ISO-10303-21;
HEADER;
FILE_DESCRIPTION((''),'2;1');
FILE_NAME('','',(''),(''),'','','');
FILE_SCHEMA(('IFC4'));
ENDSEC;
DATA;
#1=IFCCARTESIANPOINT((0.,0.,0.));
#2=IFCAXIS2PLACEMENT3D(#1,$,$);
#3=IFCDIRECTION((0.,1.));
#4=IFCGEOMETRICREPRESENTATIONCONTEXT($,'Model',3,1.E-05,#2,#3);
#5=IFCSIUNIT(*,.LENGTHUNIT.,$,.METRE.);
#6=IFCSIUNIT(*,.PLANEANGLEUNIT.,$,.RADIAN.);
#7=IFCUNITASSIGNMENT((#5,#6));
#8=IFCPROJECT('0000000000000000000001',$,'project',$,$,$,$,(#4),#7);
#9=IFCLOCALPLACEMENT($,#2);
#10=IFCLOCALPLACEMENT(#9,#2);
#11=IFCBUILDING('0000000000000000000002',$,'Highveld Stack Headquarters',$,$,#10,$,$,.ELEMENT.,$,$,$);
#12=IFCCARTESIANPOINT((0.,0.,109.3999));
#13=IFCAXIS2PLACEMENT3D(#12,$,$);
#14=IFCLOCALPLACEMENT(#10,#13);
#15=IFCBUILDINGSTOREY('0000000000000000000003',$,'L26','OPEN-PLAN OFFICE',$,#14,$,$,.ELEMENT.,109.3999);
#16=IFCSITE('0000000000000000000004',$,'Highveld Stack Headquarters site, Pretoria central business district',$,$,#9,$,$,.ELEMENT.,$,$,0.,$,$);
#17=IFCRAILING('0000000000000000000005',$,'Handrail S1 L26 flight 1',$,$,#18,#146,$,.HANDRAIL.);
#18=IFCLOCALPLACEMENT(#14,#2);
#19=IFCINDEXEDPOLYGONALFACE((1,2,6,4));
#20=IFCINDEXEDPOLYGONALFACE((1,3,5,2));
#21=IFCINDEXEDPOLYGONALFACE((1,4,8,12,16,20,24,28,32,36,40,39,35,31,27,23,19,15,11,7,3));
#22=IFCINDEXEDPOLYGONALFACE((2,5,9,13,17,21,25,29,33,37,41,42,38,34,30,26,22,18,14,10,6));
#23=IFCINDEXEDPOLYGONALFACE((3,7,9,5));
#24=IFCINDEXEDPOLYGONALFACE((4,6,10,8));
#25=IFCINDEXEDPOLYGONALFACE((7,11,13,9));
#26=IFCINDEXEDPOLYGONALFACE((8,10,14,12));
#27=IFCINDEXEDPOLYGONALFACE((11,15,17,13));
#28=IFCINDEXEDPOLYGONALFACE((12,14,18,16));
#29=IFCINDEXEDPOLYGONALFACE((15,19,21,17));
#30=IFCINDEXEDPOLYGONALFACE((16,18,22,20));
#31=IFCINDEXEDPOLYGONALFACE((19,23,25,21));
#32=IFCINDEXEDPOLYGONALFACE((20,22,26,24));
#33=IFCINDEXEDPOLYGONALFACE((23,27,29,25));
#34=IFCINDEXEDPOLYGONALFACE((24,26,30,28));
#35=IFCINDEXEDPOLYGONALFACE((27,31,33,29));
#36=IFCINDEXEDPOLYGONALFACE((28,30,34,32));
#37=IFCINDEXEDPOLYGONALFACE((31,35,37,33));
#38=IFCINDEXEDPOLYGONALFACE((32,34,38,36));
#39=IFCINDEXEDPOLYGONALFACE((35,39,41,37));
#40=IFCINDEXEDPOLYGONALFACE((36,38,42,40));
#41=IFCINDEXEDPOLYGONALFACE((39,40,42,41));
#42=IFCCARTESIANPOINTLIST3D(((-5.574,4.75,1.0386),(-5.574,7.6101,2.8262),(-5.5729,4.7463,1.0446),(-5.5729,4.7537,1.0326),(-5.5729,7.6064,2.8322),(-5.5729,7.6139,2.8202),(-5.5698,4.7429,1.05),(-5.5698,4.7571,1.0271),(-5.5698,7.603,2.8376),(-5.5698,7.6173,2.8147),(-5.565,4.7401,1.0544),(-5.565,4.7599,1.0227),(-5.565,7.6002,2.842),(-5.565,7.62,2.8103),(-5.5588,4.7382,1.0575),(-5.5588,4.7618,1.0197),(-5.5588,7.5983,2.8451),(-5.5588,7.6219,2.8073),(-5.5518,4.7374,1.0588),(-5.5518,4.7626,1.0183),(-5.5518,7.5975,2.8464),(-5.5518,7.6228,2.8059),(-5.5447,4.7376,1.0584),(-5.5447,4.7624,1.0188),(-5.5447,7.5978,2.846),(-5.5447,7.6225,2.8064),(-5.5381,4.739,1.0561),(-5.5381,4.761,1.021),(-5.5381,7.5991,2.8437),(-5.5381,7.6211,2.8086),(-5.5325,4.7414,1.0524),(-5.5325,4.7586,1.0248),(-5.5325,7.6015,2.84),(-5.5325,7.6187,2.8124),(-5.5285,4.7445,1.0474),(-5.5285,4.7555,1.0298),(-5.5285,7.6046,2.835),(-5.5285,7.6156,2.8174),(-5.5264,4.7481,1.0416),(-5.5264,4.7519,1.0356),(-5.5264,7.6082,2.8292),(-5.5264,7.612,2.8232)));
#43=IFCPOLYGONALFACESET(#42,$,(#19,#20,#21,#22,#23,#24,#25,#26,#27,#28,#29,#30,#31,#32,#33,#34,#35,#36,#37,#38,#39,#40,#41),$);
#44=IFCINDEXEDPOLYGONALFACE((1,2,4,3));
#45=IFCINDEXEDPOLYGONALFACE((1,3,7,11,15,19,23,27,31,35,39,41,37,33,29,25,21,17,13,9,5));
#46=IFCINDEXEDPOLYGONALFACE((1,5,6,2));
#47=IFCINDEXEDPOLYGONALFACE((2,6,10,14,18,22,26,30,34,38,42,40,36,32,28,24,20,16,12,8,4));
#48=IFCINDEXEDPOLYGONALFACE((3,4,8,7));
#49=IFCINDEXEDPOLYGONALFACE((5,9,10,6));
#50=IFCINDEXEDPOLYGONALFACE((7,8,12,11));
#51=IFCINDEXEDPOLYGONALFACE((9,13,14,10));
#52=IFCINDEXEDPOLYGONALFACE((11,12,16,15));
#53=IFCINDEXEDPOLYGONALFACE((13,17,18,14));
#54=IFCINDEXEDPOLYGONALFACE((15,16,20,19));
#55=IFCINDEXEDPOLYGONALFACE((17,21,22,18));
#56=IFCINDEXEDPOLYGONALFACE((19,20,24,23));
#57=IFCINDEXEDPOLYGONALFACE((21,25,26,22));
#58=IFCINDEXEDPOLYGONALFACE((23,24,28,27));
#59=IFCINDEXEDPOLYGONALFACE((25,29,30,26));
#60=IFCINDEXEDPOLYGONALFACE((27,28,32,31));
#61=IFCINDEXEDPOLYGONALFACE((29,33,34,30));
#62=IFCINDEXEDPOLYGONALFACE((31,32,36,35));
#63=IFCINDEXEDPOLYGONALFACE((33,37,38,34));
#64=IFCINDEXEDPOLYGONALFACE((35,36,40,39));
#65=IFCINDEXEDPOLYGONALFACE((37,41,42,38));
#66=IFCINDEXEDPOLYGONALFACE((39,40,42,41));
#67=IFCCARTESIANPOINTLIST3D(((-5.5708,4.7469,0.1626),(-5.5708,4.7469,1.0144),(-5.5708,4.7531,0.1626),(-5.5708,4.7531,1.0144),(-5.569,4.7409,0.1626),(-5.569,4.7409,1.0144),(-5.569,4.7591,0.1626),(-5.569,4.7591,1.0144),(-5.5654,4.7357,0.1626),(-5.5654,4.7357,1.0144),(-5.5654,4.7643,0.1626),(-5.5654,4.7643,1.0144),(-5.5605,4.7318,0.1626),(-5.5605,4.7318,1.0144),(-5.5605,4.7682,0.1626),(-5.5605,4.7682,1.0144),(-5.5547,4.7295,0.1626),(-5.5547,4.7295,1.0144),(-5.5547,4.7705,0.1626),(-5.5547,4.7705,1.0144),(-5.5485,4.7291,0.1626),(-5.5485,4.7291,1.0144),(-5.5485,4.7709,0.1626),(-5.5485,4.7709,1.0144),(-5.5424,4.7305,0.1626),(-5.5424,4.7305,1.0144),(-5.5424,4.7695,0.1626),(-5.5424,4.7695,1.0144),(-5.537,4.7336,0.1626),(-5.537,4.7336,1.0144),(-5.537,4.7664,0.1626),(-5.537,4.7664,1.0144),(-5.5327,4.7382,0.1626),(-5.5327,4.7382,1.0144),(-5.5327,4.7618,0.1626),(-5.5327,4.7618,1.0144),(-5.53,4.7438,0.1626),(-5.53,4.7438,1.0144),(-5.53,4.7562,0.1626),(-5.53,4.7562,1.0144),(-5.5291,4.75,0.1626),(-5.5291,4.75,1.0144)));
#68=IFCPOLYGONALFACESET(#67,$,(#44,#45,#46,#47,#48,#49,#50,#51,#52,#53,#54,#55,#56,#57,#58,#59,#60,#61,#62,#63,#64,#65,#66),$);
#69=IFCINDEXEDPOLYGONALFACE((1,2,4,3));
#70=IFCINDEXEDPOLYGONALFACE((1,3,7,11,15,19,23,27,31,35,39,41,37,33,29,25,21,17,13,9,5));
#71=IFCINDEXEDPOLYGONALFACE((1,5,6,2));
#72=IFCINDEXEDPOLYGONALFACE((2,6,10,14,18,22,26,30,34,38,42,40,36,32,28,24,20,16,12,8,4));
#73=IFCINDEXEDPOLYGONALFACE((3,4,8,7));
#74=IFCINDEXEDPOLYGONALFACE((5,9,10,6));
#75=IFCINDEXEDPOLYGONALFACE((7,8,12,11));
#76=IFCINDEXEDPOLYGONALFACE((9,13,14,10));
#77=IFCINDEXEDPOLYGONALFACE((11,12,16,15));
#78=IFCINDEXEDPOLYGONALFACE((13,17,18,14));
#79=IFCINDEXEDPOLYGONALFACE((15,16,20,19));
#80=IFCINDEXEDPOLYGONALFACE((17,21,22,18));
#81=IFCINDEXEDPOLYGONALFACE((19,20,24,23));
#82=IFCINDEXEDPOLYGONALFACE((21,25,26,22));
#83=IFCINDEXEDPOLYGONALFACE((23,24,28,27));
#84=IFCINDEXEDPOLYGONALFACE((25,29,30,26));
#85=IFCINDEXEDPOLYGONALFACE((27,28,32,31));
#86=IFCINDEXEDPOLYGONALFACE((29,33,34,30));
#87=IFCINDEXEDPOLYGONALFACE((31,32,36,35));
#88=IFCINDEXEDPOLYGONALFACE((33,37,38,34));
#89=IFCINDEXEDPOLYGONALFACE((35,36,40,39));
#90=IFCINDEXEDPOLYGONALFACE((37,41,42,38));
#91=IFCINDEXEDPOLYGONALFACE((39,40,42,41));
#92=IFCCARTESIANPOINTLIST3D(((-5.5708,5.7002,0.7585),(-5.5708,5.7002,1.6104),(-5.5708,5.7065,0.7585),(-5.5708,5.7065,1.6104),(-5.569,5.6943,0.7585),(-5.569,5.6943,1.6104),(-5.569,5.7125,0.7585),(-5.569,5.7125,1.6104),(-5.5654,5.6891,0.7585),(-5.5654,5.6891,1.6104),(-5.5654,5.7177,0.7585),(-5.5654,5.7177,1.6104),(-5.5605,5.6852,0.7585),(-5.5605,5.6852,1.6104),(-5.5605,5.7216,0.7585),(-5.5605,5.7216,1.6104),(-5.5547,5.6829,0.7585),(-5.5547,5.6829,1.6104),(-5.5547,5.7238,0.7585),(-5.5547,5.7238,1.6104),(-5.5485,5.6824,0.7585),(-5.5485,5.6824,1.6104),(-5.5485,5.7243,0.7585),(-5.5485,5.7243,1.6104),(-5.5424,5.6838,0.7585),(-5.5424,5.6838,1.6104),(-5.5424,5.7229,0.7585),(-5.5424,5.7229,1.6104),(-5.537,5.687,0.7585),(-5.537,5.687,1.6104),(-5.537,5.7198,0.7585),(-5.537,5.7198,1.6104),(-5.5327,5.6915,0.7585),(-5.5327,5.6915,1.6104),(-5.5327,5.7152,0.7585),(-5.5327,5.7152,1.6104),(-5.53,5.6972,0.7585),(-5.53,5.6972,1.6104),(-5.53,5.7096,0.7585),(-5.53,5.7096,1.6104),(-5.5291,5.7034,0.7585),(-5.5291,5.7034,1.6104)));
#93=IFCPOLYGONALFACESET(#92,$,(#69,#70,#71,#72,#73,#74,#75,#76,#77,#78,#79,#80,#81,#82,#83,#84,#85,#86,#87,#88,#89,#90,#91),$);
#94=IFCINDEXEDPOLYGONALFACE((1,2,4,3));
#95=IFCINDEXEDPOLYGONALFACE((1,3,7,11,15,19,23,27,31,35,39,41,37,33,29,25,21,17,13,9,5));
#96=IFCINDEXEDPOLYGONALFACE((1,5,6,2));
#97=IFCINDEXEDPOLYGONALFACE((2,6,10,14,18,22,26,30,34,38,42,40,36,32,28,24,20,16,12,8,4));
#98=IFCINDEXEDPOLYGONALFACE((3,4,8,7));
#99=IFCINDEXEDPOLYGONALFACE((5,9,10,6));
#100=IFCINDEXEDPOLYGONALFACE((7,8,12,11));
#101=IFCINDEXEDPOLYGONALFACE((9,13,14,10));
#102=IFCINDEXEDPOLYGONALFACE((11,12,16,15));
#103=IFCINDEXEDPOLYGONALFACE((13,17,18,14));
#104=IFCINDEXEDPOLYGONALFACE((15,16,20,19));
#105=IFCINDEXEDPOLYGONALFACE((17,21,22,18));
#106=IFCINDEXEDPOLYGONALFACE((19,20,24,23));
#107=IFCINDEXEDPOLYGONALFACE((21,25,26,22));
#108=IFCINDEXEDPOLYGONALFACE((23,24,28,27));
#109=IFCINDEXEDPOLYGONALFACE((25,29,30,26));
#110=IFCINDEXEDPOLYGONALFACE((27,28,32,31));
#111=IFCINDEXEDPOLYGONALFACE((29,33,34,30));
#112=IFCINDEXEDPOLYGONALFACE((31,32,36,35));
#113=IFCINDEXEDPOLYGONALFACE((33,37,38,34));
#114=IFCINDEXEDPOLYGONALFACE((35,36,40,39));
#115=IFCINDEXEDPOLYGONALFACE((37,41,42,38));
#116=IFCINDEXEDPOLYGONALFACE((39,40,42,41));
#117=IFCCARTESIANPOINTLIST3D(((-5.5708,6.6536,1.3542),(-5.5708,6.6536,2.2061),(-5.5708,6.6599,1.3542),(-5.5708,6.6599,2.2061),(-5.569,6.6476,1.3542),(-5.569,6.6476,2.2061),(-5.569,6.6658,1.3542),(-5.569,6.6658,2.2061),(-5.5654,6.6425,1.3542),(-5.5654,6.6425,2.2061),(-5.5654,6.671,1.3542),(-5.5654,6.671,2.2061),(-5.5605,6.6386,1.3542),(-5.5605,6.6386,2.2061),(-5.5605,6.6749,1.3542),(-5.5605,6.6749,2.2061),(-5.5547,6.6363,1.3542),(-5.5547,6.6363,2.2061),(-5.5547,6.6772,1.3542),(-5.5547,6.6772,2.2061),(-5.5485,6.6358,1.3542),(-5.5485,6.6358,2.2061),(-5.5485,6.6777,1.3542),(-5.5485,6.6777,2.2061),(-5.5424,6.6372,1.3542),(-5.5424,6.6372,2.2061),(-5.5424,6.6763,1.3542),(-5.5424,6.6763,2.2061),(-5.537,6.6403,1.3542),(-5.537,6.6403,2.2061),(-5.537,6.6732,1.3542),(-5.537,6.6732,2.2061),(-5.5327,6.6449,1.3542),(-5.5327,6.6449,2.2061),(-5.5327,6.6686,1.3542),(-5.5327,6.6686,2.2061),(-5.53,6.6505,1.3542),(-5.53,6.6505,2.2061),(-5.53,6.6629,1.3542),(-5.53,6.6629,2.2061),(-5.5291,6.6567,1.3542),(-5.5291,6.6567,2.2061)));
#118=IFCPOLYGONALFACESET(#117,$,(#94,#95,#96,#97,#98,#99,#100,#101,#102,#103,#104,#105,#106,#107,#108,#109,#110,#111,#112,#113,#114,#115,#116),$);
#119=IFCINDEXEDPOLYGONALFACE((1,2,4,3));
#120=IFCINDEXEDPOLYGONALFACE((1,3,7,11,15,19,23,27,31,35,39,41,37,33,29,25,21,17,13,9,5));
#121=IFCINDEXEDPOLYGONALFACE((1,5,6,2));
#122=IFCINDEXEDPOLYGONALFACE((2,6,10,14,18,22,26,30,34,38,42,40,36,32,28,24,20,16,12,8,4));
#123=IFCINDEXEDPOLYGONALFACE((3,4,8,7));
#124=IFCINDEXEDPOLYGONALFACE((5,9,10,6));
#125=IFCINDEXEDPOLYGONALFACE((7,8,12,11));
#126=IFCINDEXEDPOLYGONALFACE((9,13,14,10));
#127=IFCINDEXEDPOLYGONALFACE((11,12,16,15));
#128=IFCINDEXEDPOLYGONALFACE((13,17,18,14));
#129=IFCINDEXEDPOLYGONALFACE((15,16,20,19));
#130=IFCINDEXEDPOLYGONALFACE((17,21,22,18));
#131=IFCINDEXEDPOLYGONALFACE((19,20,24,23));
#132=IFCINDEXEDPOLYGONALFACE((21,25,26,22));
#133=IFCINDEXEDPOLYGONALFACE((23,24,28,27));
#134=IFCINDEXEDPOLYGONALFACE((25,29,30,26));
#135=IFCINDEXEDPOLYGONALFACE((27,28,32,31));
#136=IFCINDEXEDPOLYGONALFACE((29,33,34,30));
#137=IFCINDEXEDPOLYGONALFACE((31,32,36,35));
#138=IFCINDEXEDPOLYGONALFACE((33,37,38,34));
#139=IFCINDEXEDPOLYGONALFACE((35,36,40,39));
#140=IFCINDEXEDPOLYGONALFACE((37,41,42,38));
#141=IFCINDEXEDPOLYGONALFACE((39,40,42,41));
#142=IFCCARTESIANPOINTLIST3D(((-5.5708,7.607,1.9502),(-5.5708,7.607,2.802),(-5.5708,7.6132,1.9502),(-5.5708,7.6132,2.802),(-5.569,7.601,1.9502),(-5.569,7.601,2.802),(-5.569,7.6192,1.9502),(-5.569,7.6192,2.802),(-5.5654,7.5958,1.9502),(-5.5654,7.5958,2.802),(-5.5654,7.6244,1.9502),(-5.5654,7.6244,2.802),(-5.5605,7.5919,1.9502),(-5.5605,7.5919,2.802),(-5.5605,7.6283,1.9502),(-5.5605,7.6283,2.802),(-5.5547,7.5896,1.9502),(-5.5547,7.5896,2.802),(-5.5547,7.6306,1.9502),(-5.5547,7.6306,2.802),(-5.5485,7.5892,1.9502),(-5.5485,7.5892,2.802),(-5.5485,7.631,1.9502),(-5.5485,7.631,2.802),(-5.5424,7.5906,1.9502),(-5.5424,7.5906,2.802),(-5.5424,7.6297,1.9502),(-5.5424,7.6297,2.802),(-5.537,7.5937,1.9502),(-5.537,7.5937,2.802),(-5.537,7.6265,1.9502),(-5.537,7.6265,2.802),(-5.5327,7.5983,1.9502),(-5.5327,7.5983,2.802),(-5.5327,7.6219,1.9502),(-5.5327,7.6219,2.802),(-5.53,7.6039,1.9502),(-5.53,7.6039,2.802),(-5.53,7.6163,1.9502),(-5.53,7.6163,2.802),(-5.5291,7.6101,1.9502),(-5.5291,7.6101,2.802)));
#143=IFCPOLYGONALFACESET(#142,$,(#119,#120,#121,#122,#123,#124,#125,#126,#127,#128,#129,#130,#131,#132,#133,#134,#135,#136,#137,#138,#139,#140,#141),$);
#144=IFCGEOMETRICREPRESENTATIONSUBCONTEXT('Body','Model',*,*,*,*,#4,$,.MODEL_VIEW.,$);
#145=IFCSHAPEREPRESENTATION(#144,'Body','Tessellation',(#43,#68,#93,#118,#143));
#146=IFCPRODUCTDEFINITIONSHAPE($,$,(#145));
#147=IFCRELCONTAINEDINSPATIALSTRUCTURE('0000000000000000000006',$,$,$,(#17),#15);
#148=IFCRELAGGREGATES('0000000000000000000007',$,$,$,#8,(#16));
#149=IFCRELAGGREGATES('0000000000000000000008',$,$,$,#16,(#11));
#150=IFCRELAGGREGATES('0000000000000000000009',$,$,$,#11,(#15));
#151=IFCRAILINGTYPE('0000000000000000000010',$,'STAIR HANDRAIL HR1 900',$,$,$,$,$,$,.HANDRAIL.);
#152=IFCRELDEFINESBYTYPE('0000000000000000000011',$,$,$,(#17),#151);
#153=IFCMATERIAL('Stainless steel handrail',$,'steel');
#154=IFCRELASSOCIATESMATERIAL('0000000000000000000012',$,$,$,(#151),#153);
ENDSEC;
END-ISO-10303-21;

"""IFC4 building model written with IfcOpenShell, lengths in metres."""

from ifc_helpers import new_model, si_unit, direction, frame, origin, origin_2d, place, context, subcontext, project, spatial, circle, extrude, material, type_object, element, save


model = new_model("IFC4")

# Units and contexts
model_context = context("Model", 3, precision=1e-05, world=origin(), true_north=direction((0.0, 1.0)))
body_context = subcontext(model_context, "Body", "Model", "MODEL_VIEW")
ifc_project = project(units=[si_unit("LENGTHUNIT", "METRE"), si_unit("PLANEANGLEUNIT", "RADIAN")], contexts=[model_context])

# Site, building, storey
site_placement = place(None, origin())
site = spatial("IfcSite", under=ifc_project, at=site_placement, Name="Highveld Stack Headquarters site, Pretoria central business district", CompositionType="ELEMENT", RefElevation=0.0)
building_placement = place(site_placement, origin())
building = spatial("IfcBuilding", under=site, at=building_placement, Name="Highveld Stack Headquarters", CompositionType="ELEMENT")
storey_placement = place(building_placement, frame((0.0, 0.0, 109.3999)))
storey = spatial("IfcBuildingStorey", under=building, at=storey_placement, Name="L26", Description="OPEN-PLAN OFFICE", CompositionType="ELEMENT", Elevation=109.3999)

# Railing
ifc_material_1 = material(Name="Stainless steel handrail", Category="steel")
railing_type = type_object("IfcRailingType", Name="STAIR HANDRAIL HR1 900", PredefinedType="HANDRAIL", material=ifc_material_1)
for number, where, name in (
    (1, (-5.55, 4.75, 0.1626), "Handrail S1 L26 flight 1"),
):
    element("IfcRailing", number, at=place(storey_placement, frame(where)), inside=storey, type_object=railing_type, Name=name, PredefinedType="HANDRAIL", context=body_context, shape_type="SweptSolid", body=[
        extrude(circle(Radius=0.0239, at=origin_2d()), frame((0.0, 0.0, 0.876), z_axis=(0.0, 0.847994, 0.530005), x_axis=(-1.0, 0.0, 0.0)), (0.0, 0.0, 1.0), 3.3728),
        extrude(circle(Radius=0.021, at=origin_2d()), origin(), (0.0, 0.0, 1.0), 0.8518),
        extrude(circle(Radius=0.021, at=origin_2d()), frame((0.0, 0.9534, 0.5959)), (0.0, 0.0, 1.0), 0.8518),
        extrude(circle(Radius=0.021, at=origin_2d()), frame((0.0, 1.9067, 1.1917)), (0.0, 0.0, 1.0), 0.8518),
        extrude(circle(Radius=0.021, at=origin_2d()), frame((0.0, 2.8601, 1.7876)), (0.0, 0.0, 1.0), 0.8518),
    ])

save(model, "model.ifc")
